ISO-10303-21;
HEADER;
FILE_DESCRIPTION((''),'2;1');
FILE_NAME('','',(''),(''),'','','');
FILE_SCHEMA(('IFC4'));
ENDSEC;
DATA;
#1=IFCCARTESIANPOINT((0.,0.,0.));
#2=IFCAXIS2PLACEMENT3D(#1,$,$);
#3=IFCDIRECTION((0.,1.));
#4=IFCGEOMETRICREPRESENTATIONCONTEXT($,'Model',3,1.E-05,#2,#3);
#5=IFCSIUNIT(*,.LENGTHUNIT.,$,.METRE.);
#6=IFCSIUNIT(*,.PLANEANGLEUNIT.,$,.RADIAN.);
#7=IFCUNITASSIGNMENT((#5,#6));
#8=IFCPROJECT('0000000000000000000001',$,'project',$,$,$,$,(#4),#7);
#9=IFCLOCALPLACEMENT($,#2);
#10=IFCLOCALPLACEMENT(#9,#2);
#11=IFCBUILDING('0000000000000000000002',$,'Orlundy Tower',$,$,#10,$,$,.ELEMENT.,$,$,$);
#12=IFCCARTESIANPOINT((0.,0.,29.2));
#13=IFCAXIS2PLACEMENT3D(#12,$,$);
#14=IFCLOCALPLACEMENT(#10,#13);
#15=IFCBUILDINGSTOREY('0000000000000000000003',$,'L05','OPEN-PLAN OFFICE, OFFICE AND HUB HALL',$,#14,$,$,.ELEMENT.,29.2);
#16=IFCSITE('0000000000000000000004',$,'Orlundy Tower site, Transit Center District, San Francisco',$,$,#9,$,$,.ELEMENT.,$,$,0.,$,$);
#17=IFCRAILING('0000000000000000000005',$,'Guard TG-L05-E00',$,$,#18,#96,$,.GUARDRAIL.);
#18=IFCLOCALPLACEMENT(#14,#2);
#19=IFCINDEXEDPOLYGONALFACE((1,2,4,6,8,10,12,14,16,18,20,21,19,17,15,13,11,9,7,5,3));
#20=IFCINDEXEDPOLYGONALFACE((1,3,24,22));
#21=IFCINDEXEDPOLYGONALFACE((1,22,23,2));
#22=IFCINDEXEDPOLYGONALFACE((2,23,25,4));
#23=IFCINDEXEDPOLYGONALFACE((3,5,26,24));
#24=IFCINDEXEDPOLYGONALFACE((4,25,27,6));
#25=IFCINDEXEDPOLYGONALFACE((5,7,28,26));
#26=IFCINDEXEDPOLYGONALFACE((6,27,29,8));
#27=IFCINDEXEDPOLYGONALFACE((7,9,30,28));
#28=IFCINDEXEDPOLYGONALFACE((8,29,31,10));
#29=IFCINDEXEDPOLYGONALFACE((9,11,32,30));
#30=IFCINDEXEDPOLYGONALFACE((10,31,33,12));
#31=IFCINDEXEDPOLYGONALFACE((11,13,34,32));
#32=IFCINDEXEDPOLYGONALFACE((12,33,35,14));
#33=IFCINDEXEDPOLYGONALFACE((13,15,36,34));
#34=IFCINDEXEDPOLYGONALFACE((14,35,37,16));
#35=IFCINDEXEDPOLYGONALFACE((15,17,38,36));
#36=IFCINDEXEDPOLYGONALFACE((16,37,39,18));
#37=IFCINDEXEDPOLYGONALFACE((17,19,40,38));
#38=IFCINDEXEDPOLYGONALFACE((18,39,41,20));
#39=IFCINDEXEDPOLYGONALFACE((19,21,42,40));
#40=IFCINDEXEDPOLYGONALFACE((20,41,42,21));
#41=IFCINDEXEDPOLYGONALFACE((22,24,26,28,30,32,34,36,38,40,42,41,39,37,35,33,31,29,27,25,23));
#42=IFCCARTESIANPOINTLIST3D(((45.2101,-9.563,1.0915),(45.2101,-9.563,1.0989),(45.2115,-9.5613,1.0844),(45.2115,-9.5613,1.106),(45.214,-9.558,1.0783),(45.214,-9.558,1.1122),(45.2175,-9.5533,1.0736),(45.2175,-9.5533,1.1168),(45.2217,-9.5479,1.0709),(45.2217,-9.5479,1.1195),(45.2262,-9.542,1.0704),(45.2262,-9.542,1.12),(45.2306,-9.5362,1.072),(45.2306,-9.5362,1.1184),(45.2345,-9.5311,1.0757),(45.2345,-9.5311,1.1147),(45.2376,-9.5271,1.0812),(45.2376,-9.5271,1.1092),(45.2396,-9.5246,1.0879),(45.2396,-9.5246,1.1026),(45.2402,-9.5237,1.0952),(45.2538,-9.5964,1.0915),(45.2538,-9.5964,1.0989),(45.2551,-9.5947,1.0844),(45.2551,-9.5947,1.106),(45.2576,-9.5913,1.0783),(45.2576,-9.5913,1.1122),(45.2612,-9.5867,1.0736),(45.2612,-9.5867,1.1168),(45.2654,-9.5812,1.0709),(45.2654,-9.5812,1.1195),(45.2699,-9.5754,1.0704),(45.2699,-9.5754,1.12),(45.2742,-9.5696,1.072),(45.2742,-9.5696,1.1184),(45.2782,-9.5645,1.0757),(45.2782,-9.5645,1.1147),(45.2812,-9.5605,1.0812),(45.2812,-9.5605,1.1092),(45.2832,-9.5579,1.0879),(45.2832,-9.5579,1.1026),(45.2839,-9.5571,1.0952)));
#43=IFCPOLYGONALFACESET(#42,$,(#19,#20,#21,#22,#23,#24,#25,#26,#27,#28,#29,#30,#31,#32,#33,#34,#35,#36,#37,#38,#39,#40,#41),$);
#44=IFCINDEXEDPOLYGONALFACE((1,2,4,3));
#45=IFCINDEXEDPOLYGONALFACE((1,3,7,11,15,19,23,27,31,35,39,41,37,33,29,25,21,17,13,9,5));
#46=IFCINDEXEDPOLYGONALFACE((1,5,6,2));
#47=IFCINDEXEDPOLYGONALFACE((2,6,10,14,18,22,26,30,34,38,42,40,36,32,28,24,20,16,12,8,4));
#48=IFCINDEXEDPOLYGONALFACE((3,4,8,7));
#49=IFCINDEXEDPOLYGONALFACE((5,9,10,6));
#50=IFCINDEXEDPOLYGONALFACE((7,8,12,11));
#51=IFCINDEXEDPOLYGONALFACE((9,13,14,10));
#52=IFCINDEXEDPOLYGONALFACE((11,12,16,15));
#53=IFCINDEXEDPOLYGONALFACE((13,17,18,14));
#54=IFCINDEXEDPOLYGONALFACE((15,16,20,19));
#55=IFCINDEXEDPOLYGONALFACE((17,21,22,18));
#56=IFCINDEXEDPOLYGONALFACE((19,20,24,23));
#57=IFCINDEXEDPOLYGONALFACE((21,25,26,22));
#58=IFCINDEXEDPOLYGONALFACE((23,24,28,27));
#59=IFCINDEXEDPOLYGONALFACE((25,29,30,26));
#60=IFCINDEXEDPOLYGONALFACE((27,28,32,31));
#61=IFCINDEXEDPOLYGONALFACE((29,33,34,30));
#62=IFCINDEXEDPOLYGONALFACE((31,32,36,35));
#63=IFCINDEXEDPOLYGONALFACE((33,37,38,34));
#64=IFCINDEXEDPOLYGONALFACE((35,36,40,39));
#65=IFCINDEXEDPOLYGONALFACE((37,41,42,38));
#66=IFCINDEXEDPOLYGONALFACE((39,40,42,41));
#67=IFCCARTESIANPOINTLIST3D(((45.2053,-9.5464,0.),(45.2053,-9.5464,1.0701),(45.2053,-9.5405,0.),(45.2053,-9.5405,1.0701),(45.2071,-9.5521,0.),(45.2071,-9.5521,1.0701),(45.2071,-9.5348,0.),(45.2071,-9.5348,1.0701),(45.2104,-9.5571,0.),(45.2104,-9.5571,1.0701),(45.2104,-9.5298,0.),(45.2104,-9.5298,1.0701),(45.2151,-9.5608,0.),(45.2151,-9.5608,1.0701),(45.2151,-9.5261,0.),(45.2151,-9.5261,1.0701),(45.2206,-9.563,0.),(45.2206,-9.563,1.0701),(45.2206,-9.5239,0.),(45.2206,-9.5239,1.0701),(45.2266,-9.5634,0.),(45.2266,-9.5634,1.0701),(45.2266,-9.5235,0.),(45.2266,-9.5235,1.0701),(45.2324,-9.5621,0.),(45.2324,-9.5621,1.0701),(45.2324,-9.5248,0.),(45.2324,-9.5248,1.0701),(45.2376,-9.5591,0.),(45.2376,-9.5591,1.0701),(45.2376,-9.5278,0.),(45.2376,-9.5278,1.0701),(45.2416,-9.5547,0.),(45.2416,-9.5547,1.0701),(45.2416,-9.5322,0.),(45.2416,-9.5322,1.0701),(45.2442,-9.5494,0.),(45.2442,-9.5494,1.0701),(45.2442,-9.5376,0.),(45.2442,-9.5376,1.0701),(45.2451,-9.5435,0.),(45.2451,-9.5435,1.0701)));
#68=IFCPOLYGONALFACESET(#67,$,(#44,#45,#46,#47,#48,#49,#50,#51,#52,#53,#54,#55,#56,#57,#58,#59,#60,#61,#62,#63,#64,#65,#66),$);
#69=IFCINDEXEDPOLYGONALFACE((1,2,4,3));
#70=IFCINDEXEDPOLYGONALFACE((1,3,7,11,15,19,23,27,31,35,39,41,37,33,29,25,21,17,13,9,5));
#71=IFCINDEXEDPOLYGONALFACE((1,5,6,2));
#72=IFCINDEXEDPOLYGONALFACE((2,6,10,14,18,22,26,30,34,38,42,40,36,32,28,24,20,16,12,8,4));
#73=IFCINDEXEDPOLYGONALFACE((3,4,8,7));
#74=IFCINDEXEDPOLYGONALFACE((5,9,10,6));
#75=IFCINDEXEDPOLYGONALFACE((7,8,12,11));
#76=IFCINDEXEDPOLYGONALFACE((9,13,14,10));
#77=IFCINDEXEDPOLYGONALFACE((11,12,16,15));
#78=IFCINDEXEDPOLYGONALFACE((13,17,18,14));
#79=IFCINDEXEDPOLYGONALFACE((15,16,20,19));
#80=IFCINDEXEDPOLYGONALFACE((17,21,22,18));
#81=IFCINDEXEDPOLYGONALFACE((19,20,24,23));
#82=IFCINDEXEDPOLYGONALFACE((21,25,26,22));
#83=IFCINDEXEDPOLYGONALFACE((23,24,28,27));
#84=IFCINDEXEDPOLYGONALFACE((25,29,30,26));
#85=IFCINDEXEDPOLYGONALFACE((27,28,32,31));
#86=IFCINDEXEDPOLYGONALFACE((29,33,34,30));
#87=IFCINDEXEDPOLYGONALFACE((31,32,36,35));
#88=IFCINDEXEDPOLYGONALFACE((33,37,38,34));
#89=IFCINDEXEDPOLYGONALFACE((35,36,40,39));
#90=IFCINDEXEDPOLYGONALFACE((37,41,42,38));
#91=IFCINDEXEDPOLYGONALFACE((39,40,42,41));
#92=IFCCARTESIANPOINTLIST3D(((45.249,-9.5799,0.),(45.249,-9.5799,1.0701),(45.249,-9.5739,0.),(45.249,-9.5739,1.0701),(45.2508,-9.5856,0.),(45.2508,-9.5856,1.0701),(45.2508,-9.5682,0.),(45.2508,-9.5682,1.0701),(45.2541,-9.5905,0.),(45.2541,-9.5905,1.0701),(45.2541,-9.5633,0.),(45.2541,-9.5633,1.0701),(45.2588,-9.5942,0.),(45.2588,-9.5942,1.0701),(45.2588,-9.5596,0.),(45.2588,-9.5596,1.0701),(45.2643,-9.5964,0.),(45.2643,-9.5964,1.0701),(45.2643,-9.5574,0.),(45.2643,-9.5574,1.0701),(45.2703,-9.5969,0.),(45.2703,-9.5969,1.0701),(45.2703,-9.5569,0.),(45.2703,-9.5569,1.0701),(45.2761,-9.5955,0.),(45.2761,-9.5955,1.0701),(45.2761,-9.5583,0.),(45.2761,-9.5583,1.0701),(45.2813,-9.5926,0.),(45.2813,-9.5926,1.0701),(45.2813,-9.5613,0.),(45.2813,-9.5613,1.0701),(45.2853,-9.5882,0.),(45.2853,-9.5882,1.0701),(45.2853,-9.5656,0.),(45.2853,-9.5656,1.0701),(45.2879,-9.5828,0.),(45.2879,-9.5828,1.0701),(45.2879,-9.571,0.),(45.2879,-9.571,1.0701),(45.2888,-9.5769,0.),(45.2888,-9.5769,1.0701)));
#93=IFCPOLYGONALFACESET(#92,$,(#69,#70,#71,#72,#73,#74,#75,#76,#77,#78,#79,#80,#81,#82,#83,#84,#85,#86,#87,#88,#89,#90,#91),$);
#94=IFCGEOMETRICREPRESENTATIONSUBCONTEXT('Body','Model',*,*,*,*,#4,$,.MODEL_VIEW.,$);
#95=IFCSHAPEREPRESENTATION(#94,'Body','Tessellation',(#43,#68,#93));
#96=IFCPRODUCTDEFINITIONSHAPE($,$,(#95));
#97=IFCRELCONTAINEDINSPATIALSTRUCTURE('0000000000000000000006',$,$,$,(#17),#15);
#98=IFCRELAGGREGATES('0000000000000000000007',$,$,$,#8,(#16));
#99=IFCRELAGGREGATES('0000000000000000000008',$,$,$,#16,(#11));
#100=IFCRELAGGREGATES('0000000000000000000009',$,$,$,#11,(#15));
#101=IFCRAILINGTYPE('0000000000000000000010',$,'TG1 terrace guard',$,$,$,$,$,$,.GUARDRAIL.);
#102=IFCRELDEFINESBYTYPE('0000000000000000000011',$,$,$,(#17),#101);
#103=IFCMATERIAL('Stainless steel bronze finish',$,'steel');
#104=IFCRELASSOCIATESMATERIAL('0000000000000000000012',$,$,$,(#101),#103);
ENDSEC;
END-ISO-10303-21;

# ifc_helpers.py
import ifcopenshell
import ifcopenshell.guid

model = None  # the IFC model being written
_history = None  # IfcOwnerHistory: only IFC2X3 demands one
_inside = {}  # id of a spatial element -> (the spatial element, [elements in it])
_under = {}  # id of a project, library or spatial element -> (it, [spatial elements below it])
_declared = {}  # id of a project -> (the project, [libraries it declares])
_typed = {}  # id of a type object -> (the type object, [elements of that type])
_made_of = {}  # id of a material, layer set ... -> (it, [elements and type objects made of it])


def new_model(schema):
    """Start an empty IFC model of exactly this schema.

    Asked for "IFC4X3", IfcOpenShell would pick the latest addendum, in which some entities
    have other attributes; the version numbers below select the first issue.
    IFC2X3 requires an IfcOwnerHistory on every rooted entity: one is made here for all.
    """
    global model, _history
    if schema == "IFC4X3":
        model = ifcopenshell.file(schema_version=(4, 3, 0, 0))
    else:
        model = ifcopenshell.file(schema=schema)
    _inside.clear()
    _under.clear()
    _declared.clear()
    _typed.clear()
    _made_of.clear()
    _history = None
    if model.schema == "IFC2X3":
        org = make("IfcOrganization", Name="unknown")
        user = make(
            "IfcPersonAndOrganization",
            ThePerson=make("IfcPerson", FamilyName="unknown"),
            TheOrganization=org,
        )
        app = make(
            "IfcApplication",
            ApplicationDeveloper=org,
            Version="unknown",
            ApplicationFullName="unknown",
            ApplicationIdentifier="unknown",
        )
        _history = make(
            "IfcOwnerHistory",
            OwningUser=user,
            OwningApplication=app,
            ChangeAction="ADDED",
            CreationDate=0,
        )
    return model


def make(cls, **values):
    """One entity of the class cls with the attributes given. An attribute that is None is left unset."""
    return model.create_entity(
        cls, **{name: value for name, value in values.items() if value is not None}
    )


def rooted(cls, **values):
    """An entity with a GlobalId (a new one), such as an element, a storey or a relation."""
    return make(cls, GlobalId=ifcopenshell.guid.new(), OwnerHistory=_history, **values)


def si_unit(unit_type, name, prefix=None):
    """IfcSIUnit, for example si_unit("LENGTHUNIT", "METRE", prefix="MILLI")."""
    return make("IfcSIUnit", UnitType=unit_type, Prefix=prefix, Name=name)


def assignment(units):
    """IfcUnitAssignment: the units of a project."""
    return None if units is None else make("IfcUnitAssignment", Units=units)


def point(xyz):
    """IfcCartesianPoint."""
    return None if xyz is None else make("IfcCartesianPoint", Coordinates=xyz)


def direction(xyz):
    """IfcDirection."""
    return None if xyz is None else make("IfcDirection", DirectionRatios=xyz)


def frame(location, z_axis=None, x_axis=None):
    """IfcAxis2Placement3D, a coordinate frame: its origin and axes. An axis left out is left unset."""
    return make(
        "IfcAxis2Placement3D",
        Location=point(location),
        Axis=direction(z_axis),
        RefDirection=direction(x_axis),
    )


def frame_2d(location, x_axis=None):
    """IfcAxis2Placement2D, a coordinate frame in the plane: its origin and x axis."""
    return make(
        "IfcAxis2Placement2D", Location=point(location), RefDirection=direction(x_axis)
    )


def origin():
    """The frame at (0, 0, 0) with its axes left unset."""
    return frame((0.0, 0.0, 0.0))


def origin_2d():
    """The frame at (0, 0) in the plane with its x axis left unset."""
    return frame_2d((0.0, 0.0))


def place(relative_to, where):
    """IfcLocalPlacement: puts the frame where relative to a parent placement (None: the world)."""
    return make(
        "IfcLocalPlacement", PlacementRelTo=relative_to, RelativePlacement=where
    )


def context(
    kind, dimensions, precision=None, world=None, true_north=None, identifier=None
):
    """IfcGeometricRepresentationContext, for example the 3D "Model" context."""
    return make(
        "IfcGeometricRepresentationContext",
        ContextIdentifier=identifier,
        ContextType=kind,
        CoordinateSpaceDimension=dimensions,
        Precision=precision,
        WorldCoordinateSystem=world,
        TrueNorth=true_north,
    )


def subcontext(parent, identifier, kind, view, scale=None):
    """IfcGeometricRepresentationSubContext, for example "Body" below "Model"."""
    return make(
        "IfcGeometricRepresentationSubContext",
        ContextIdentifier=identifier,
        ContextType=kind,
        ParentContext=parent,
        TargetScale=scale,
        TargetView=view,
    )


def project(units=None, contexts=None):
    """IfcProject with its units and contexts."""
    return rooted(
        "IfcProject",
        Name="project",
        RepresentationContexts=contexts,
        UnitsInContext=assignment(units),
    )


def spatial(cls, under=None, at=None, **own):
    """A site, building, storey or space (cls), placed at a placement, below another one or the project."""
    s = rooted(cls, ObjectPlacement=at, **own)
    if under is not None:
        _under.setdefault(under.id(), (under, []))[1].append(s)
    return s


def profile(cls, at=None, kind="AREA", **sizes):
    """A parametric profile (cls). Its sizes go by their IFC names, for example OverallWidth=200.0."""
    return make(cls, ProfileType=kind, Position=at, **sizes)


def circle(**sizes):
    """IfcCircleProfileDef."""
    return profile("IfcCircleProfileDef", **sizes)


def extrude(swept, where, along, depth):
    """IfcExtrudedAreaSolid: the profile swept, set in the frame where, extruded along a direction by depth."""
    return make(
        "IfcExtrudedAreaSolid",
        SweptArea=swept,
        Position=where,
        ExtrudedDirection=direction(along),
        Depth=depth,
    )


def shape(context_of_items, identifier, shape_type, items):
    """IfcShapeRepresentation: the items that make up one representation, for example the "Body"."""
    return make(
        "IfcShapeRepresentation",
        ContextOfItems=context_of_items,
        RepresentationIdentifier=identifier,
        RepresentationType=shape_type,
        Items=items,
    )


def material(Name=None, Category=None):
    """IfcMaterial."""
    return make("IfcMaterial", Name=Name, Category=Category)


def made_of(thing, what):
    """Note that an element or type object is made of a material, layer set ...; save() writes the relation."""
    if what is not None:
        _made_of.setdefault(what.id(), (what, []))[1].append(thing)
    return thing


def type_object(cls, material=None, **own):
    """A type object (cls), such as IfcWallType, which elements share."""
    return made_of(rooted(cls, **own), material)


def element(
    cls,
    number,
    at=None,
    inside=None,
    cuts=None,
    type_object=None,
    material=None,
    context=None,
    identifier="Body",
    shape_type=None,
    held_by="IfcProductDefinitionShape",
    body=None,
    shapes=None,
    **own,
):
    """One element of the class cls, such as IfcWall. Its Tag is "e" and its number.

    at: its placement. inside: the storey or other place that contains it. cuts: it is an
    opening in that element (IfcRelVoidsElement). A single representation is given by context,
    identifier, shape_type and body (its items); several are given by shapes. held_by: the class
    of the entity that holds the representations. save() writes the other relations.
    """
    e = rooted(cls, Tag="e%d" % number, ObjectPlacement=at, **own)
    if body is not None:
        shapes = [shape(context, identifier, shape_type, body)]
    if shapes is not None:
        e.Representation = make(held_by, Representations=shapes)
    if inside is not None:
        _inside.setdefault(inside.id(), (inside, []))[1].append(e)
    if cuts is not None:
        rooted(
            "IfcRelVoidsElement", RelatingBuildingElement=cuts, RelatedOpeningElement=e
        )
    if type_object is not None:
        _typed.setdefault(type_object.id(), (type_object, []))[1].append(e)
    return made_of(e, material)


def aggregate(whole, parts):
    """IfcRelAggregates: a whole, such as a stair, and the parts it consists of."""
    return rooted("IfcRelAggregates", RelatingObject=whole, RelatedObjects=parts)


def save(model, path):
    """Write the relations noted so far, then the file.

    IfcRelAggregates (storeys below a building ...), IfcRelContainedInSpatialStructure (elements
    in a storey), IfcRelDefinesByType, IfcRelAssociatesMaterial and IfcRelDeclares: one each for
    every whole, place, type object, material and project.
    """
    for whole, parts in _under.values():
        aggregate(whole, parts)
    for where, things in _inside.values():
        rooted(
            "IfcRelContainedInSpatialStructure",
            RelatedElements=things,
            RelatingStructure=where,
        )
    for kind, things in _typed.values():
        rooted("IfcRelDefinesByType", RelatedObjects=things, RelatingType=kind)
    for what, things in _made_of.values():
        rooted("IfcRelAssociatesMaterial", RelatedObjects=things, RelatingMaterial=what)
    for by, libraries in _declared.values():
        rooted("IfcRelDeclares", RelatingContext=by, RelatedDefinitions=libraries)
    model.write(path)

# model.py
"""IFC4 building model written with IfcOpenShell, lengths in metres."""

from ifc_helpers import new_model, si_unit, direction, frame, origin, origin_2d, place, context, subcontext, project, spatial, circle, extrude, material, type_object, element, save


model = new_model("IFC4")

# Units and contexts
model_context = context("Model", 3, precision=1e-05, world=origin(), true_north=direction((0.0, 1.0)))
body_context = subcontext(model_context, "Body", "Model", "MODEL_VIEW")
ifc_project = project(units=[si_unit("LENGTHUNIT", "METRE"), si_unit("PLANEANGLEUNIT", "RADIAN")], contexts=[model_context])

# Site, building, storey
site_placement = place(None, origin())
site = spatial("IfcSite", under=ifc_project, at=site_placement, Name="Orlundy Tower site, Transit Center District, San Francisco", CompositionType="ELEMENT", RefElevation=0.0)
building_placement = place(site_placement, origin())
building = spatial("IfcBuilding", under=site, at=building_placement, Name="Orlundy Tower", CompositionType="ELEMENT")
storey_placement = place(building_placement, frame((0.0, 0.0, 29.2)))
storey = spatial("IfcBuildingStorey", under=building, at=storey_placement, Name="L05", Description="OPEN-PLAN OFFICE, OFFICE AND HUB HALL", CompositionType="ELEMENT", Elevation=29.2)

# Railing
ifc_material_1 = material(Name="Stainless steel bronze finish", Category="steel")
railing_type_1 = type_object("IfcRailingType", Name="TG1 terrace guard", PredefinedType="GUARDRAIL", material=ifc_material_1)
railing_1_placement = place(storey_placement, frame((45.2251, -9.5435, 0.0)))
element("IfcRailing", 1, at=railing_1_placement, inside=storey, type_object=railing_type_1, Name="Guard TG-L05-E00", PredefinedType="GUARDRAIL", context=body_context, shape_type="SweptSolid", body=[
    extrude(circle(Radius=0.0249, at=origin_2d()), frame((0.0, 0.0, 1.0952), z_axis=(0.794106, -0.607779, 0.0), x_axis=(0.607779, 0.794106, 0.0)), (0.0, 0.0, 1.0), 0.0549),
    extrude(circle(Radius=0.02, at=origin_2d()), origin(), (0.0, 0.0, 1.0), 1.0701),
    extrude(circle(Radius=0.02, at=origin_2d()), frame((0.0437, -0.0334, 0.0)), (0.0, 0.0, 1.0), 1.0701),
])

save(model, "model.ifc")
